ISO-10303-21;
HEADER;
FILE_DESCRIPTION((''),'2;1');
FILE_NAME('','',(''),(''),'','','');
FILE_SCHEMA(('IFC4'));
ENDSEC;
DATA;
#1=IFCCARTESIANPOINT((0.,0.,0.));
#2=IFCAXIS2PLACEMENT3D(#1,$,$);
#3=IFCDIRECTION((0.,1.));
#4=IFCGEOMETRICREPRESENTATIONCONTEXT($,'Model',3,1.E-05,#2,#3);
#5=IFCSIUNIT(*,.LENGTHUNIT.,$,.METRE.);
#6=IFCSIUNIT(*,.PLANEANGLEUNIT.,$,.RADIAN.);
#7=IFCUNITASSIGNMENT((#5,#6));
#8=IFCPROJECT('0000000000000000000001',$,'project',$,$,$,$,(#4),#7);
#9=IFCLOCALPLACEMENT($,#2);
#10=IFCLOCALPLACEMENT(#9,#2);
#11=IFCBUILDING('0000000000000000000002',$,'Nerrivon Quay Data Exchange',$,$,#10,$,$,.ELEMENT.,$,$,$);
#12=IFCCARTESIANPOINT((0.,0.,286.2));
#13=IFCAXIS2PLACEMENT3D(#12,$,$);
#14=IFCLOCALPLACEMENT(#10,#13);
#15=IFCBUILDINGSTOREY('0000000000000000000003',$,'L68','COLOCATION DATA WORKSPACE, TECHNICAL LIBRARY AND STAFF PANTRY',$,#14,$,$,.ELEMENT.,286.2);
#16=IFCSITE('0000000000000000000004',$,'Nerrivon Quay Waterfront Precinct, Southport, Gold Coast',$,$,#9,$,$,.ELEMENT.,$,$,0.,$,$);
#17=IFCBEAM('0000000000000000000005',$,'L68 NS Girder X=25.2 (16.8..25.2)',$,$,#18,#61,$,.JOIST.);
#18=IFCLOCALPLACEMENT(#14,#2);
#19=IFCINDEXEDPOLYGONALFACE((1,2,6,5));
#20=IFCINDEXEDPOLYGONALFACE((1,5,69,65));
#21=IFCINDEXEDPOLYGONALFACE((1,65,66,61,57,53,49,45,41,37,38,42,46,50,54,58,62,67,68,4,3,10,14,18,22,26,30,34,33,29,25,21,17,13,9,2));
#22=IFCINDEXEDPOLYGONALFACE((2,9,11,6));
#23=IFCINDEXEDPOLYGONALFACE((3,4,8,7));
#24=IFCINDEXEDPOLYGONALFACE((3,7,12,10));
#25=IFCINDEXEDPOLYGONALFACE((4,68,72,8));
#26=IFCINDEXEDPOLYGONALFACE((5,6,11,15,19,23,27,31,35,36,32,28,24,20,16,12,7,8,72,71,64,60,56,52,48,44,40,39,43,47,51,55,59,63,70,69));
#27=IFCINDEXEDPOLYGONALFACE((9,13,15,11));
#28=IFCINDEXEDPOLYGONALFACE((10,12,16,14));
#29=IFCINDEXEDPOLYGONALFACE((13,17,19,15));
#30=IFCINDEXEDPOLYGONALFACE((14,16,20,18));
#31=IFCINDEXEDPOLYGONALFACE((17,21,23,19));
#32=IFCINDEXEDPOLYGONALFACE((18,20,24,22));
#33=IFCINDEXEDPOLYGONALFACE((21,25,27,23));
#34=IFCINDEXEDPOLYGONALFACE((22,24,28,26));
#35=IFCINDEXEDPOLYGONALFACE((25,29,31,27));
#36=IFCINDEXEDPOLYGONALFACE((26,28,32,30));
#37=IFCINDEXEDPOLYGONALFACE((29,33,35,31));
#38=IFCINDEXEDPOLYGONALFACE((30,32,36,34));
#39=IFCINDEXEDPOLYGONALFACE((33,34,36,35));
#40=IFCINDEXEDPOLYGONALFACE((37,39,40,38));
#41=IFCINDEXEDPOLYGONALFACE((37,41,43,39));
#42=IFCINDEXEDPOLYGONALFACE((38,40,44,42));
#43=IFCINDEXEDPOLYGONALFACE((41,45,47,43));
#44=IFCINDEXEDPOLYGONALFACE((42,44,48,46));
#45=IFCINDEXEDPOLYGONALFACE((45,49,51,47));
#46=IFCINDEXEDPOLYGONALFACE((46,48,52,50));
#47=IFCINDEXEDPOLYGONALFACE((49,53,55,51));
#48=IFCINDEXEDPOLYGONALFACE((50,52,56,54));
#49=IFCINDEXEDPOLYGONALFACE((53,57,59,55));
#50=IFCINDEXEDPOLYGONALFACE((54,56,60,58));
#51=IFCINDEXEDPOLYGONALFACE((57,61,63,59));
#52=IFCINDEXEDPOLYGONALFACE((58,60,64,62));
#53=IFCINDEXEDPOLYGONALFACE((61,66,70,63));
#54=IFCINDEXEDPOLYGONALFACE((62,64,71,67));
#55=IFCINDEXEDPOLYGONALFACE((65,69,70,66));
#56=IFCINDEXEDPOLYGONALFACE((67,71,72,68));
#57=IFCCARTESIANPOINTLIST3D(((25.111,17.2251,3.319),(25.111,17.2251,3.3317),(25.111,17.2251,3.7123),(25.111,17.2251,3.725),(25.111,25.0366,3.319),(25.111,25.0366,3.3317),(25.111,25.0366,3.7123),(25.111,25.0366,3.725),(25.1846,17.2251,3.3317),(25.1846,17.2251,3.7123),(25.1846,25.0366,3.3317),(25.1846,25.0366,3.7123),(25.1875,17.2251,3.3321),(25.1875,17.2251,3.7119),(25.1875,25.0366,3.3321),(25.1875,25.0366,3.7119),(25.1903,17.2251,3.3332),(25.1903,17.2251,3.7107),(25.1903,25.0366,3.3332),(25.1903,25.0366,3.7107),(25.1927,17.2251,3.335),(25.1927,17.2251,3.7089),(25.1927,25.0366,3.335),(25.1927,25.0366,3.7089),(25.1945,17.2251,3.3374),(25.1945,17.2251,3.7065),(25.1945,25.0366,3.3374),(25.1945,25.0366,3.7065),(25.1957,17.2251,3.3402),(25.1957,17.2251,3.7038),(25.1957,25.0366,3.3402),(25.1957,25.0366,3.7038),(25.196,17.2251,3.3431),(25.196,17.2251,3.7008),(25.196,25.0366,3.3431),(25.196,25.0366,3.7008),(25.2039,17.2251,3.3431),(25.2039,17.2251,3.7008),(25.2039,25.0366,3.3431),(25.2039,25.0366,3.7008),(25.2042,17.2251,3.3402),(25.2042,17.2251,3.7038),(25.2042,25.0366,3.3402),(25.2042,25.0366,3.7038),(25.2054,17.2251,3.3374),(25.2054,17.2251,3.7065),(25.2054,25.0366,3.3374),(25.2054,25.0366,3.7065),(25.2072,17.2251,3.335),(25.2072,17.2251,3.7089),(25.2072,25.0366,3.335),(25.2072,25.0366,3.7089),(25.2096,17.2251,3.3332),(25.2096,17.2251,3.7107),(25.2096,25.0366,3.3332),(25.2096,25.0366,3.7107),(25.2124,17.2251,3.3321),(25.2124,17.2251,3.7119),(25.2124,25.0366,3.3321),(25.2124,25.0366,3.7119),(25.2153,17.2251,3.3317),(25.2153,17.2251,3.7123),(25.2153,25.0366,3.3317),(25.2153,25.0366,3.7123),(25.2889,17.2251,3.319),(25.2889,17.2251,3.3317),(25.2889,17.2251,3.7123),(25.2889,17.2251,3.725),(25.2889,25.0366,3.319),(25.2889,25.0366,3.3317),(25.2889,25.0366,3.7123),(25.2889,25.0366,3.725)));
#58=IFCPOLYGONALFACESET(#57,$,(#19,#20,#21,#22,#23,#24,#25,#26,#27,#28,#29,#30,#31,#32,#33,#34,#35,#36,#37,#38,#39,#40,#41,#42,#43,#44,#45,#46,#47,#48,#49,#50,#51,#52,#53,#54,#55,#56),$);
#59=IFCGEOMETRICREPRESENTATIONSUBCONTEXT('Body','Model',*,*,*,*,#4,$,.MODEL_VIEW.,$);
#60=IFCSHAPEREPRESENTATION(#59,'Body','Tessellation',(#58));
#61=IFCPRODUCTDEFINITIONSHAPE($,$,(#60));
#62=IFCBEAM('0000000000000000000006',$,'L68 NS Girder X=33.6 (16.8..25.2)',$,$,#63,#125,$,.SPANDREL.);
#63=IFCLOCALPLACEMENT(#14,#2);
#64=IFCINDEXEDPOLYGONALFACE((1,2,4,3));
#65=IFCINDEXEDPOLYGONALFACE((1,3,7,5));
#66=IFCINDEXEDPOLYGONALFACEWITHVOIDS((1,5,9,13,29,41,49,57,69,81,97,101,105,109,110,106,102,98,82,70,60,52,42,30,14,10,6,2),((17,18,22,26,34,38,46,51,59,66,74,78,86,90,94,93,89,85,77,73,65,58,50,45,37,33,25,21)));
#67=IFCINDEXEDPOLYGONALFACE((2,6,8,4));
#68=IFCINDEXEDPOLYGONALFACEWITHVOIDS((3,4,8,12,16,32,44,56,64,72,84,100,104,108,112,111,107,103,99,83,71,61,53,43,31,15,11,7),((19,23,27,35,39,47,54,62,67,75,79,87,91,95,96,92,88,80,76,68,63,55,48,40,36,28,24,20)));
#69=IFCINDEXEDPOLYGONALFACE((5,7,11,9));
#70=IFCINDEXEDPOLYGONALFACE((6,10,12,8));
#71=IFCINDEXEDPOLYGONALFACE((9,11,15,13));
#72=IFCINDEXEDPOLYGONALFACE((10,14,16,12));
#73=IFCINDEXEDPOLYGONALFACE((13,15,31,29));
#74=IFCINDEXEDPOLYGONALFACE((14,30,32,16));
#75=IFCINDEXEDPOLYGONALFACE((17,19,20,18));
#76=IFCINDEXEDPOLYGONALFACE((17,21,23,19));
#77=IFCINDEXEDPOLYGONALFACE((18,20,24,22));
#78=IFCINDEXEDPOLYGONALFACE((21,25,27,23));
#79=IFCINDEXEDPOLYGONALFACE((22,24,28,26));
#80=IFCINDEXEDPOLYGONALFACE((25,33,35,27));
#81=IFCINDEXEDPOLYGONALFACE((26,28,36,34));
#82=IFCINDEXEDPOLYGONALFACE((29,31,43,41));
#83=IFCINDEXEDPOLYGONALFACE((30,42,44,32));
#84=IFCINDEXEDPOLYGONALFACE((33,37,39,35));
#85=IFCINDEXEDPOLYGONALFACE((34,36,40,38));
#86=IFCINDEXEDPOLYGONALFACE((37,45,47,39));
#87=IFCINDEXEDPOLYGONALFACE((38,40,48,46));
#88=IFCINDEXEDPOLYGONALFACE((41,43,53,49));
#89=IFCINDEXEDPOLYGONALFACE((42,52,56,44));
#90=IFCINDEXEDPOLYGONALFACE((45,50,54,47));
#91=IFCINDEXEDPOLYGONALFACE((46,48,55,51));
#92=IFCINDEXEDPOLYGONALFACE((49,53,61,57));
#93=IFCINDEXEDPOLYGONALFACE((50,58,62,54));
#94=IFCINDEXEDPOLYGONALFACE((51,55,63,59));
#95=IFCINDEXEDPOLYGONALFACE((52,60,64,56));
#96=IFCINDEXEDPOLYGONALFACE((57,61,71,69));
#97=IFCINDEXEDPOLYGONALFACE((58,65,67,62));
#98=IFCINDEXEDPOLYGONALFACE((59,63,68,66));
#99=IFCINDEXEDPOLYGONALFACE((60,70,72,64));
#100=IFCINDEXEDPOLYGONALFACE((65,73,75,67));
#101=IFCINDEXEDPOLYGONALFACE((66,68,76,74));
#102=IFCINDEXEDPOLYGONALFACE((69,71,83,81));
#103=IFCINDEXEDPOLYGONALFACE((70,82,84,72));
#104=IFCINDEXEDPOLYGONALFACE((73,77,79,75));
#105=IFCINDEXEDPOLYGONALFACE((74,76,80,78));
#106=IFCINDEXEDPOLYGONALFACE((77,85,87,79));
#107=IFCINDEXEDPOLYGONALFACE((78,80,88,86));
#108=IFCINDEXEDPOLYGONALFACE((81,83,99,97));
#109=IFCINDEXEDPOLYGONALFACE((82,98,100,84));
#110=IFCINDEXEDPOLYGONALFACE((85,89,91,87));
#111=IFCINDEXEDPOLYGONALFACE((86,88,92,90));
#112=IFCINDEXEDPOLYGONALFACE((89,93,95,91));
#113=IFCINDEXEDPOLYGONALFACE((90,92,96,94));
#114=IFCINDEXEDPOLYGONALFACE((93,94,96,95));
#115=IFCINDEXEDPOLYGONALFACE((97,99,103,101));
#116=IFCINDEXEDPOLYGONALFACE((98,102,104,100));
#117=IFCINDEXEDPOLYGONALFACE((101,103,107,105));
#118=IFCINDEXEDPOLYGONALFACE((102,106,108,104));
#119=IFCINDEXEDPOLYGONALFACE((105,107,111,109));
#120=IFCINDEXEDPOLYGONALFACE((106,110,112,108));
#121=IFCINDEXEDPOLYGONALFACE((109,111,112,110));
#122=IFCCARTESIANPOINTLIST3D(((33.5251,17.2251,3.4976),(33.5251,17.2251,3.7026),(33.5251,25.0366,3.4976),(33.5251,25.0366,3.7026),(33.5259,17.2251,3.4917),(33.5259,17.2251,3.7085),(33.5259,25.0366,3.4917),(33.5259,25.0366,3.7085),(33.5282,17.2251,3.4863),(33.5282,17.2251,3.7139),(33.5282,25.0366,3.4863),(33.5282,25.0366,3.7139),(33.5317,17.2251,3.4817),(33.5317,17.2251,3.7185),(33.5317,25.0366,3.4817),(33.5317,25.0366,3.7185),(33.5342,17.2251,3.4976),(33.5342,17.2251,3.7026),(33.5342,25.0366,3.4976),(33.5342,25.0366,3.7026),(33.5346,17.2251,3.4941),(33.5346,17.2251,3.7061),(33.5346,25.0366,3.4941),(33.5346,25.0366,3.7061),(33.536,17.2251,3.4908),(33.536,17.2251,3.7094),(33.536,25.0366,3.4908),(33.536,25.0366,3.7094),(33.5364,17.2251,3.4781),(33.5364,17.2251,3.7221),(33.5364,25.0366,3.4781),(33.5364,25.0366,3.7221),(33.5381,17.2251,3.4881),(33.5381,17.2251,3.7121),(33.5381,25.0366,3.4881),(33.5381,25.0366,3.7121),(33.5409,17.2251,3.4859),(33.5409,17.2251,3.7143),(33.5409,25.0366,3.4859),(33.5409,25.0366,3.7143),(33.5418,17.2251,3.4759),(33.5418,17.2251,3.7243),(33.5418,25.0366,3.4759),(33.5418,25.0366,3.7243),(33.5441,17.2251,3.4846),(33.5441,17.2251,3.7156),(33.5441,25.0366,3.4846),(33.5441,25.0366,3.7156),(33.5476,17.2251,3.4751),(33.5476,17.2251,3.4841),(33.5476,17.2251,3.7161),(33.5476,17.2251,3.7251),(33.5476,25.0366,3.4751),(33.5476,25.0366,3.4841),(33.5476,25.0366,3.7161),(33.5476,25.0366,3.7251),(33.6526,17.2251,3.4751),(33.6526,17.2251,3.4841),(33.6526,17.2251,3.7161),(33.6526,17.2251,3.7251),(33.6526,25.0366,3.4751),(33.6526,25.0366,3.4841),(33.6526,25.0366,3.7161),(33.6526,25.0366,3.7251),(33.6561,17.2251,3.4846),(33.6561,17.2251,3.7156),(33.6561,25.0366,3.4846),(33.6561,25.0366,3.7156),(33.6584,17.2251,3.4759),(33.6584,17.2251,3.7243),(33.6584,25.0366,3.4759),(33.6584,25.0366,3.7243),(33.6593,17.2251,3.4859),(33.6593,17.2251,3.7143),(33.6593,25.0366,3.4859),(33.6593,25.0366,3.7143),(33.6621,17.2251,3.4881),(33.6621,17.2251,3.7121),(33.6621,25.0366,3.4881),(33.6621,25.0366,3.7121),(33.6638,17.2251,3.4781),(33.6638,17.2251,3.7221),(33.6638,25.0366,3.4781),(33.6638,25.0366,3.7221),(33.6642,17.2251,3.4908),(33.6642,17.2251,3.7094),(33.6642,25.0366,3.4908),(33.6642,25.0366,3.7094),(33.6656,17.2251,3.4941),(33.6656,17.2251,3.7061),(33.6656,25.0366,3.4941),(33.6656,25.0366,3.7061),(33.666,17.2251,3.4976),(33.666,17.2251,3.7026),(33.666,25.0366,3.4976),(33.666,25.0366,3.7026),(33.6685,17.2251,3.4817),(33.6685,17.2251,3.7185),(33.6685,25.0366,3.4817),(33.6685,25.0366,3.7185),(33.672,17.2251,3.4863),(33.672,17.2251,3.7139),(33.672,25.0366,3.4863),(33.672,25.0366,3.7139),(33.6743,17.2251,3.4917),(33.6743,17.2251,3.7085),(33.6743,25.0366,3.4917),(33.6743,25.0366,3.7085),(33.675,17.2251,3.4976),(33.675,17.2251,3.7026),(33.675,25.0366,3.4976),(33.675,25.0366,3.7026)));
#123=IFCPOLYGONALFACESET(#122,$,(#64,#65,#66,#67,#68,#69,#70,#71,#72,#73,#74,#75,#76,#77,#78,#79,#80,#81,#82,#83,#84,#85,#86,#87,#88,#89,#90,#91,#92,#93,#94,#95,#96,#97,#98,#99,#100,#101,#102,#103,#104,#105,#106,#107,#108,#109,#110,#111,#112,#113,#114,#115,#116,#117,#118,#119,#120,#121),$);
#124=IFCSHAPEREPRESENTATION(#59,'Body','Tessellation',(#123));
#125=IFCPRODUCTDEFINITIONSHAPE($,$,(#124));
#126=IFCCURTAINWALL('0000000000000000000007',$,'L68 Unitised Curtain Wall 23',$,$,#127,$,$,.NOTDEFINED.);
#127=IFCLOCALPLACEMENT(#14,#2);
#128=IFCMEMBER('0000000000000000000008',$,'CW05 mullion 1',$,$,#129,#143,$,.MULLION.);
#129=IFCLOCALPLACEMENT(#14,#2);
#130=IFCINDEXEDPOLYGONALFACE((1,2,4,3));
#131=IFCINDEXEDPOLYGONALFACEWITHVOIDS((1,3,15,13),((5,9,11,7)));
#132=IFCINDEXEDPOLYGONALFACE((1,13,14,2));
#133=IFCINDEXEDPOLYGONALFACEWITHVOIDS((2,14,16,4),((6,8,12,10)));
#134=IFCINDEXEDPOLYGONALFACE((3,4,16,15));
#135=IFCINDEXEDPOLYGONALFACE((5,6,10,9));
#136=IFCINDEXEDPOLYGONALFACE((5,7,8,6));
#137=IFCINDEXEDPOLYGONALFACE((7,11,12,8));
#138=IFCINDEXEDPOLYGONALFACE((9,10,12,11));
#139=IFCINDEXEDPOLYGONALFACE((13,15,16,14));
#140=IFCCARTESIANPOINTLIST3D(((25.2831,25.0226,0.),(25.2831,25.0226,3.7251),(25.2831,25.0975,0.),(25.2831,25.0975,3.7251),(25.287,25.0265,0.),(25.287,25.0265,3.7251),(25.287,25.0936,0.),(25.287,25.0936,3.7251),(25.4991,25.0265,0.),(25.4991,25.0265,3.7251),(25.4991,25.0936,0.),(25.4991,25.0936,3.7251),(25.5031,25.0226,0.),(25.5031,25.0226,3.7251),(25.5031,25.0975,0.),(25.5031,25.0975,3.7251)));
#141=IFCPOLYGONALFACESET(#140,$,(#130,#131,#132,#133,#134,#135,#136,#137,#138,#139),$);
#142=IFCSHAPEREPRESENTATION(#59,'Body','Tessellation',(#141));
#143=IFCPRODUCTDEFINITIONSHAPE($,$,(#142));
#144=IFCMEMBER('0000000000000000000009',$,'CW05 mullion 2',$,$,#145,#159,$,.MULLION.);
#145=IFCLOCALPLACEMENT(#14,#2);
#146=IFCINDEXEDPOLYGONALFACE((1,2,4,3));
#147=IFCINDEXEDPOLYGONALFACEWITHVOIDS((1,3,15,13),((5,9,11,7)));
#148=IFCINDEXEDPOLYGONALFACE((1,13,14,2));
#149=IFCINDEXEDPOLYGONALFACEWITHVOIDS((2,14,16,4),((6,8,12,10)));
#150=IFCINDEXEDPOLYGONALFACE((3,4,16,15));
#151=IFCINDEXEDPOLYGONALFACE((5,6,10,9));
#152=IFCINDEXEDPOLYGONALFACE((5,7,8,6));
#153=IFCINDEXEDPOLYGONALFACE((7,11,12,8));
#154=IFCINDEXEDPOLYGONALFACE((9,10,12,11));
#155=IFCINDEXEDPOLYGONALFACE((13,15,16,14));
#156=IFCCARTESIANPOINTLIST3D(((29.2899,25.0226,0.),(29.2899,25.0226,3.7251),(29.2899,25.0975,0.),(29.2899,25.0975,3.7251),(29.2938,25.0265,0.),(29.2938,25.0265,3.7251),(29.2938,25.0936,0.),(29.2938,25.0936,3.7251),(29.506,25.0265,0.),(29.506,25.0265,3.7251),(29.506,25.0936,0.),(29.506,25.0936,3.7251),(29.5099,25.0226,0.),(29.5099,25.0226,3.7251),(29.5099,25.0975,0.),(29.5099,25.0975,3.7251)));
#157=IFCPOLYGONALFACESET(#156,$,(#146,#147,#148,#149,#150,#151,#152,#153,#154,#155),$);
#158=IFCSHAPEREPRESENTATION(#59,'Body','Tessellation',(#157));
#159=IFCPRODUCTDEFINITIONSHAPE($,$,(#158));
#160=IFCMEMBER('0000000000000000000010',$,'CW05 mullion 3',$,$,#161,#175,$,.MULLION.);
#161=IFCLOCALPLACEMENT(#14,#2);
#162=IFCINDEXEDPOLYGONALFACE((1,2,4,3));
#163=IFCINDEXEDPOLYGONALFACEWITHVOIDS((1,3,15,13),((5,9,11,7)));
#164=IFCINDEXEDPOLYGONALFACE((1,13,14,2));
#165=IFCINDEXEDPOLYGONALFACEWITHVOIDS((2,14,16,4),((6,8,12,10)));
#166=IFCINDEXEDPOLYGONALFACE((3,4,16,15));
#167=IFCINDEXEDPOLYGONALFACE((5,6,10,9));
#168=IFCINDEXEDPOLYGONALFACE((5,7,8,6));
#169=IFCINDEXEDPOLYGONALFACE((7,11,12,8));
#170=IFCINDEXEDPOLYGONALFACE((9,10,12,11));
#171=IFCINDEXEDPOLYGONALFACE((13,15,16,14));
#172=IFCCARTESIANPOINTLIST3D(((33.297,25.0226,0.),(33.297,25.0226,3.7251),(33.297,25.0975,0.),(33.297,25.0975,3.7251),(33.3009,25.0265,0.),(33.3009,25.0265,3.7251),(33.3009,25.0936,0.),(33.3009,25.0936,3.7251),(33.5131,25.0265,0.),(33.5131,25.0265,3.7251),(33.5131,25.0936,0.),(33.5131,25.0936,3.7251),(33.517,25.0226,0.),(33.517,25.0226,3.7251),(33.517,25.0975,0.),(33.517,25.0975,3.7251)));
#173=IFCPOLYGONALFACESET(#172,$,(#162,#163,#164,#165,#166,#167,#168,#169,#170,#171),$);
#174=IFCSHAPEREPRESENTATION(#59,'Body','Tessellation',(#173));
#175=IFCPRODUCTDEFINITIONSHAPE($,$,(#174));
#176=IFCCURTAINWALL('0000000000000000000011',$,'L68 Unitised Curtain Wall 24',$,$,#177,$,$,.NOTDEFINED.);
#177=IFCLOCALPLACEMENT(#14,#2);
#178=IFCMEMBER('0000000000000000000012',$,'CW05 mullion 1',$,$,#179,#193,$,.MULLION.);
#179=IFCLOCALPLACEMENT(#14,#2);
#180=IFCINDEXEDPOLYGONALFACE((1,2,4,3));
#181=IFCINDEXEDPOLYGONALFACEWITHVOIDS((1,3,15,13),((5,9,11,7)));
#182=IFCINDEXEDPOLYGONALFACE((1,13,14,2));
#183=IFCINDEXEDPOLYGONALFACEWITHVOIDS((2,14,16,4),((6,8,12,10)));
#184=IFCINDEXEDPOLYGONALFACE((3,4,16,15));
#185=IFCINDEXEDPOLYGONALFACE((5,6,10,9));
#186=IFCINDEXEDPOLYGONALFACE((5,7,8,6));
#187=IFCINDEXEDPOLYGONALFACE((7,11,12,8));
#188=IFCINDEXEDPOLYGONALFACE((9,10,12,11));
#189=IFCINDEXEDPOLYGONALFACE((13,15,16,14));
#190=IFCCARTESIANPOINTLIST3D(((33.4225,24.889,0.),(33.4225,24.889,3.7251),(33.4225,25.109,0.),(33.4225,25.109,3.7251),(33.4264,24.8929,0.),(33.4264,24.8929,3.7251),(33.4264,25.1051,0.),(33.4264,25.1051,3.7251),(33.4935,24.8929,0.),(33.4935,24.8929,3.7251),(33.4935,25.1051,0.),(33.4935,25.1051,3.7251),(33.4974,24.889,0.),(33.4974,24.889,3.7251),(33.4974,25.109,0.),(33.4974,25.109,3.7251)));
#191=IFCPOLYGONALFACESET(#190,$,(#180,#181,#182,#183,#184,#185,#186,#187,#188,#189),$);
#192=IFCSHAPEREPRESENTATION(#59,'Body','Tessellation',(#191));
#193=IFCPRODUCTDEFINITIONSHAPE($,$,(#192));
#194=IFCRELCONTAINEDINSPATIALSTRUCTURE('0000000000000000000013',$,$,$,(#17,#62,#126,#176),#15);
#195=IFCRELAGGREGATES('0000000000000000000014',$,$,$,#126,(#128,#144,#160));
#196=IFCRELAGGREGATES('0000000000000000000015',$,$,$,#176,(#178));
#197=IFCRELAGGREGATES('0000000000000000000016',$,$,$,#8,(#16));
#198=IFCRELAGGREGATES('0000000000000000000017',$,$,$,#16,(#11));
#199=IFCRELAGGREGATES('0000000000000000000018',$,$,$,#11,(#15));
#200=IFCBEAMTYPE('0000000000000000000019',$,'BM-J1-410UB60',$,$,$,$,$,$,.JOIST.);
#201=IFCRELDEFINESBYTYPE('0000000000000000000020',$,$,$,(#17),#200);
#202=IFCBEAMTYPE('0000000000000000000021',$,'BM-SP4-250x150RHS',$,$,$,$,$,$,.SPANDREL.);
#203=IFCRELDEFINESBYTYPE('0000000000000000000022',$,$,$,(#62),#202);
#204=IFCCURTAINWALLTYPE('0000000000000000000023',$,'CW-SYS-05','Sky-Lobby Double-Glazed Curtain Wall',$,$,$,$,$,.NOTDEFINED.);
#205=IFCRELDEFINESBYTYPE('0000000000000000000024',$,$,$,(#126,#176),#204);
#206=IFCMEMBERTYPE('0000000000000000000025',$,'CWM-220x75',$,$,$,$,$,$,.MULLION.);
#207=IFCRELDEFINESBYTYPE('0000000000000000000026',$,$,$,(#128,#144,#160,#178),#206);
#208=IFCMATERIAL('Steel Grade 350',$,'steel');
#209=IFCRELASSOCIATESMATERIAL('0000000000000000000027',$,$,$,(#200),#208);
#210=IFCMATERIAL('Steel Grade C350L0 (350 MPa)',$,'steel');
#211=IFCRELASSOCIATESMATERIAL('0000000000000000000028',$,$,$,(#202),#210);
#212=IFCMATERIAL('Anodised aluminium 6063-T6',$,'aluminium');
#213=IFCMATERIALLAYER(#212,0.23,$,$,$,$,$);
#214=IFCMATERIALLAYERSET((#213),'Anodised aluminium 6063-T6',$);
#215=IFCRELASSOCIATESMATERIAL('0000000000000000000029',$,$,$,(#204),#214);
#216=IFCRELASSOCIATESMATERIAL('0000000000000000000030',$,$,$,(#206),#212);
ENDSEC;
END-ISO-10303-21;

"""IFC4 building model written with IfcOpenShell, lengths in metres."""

from ifc_helpers import new_model, si_unit, direction, frame, origin, origin_2d, place, context, subcontext, project, spatial, hollow_rectangle, i_section, extrude, material, layer, layer_set, material_profile, profile_set, type_object, element, aggregate, save


model = new_model("IFC4")

# Units and contexts
model_context = context("Model", 3, precision=1e-05, world=origin(), true_north=direction((0.0, 1.0)))
body_context = subcontext(model_context, "Body", "Model", "MODEL_VIEW")
ifc_project = project(units=[si_unit("LENGTHUNIT", "METRE"), si_unit("PLANEANGLEUNIT", "RADIAN")], contexts=[model_context])

# Site, building, storey
site_placement = place(None, origin())
site = spatial("IfcSite", under=ifc_project, at=site_placement, Name="Nerrivon Quay Waterfront Precinct, Southport, Gold Coast", CompositionType="ELEMENT", RefElevation=0.0)
building_placement = place(site_placement, origin())
building = spatial("IfcBuilding", under=site, at=building_placement, Name="Nerrivon Quay Data Exchange", CompositionType="ELEMENT")
storey_placement = place(building_placement, frame((0.0, 0.0, 286.2)))
storey = spatial("IfcBuildingStorey", under=building, at=storey_placement, Name="L68", Description="COLOCATION DATA WORKSPACE, TECHNICAL LIBRARY AND STAFF PANTRY", CompositionType="ELEMENT", Elevation=286.2)

# Beams
ifc_material_1 = material(Name="Steel Grade 350", Category="steel")
ifc_material_profile_1 = material_profile(ifc_material_1, i_section(OverallWidth=0.178, OverallDepth=0.406, WebThickness=0.0078, FlangeThickness=0.0127, FilletRadius=0.0115, at=origin_2d()), Name="410UB59.7")
ifc_profile_set_1 = profile_set([ifc_material_profile_1], Name="Steel Grade 350")
beam_type_1 = type_object("IfcBeamType", Name="BM-J1-410UB60", PredefinedType="JOIST", material=ifc_profile_set_1)
beam_1_placement = place(storey_placement, frame((25.2, 17.2251, 3.522), z_axis=(0.0, 1.0, 0.0), x_axis=(-1.0, 0.0, 0.0)))
element("IfcBeam", 1, at=beam_1_placement, inside=storey, type_object=beam_type_1, Name="L68 NS Girder X=25.2 (16.8..25.2)", PredefinedType="JOIST", context=body_context, shape_type="SweptSolid", body=[
    extrude(i_section(OverallWidth=0.178, OverallDepth=0.406, WebThickness=0.0078, FlangeThickness=0.0127, FilletRadius=0.0115, at=origin_2d()), origin(), (0.0, 0.0, 1.0), 7.8115),
])
ifc_material_2 = material(Name="Steel Grade C350L0 (350 MPa)", Category="steel")
ifc_material_profile_2 = material_profile(ifc_material_2, hollow_rectangle(XDim=0.1499, YDim=0.25, WallThickness=0.009, InnerFilletRadius=0.0134, OuterFilletRadius=0.0225, at=origin_2d()), Name="250x150x9.0RHS")
ifc_profile_set_2 = profile_set([ifc_material_profile_2], Name="Steel Grade C350L0 (350 MPa)")
beam_type_2 = type_object("IfcBeamType", Name="BM-SP4-250x150RHS", PredefinedType="SPANDREL", material=ifc_profile_set_2)
beam_2_placement = place(storey_placement, frame((33.6001, 17.2251, 3.6001), z_axis=(0.0, 1.0, 0.0), x_axis=(-1.0, 0.0, 0.0)))
element("IfcBeam", 2, at=beam_2_placement, inside=storey, type_object=beam_type_2, Name="L68 NS Girder X=33.6 (16.8..25.2)", PredefinedType="SPANDREL", context=body_context, shape_type="SweptSolid", body=[
    extrude(hollow_rectangle(XDim=0.1499, YDim=0.25, WallThickness=0.009, InnerFilletRadius=0.0134, OuterFilletRadius=0.0225, at=origin_2d()), origin(), (0.0, 0.0, 1.0), 7.8115),
])

# Curtain walls, members
ifc_material_3 = material(Name="Anodised aluminium 6063-T6", Category="aluminium")
ifc_layer_1 = layer(ifc_material_3, 0.23)
ifc_layer_set_1 = layer_set([ifc_layer_1], Name="Anodised aluminium 6063-T6")
curtain_wall_type = type_object("IfcCurtainWallType", Name="CW-SYS-05", Description="Sky-Lobby Double-Glazed Curtain Wall", PredefinedType="NOTDEFINED", material=ifc_layer_set_1)
curtain_wall_1_placement = place(storey_placement, origin())
curtain_wall_1 = element("IfcCurtainWall", 3, at=curtain_wall_1_placement, inside=storey, type_object=curtain_wall_type, Name="L68 Unitised Curtain Wall 23", PredefinedType="NOTDEFINED")
ifc_material_profile_3 = material_profile(ifc_material_3, hollow_rectangle(XDim=0.075, YDim=0.22, WallThickness=0.0039, at=origin_2d()), Name="ALU-MULL-220x75")
ifc_profile_set_3 = profile_set([ifc_material_profile_3], Name="Anodised aluminium 6063-T6")
member_type_1 = type_object("IfcMemberType", Name="CWM-220x75", PredefinedType="MULLION", material=ifc_profile_set_3)
member_1_placement = place(storey_placement, frame((25.3931, 25.0601, 0.0), z_axis=(0.0, 0.0, 1.0), x_axis=(0.0, 1.0, 0.0)))
member_1 = element("IfcMember", 4, at=member_1_placement, type_object=member_type_1, Name="CW05 mullion 1", PredefinedType="MULLION", context=body_context, shape_type="SweptSolid", body=[
    extrude(hollow_rectangle(XDim=0.075, YDim=0.22, WallThickness=0.0039, at=origin_2d()), origin(), (0.0, 0.0, 1.0), 3.7251),
])
member_2_placement = place(storey_placement, frame((29.3999, 25.0601, 0.0), z_axis=(0.0, 0.0, 1.0), x_axis=(0.0, 1.0, 0.0)))
member_2 = element("IfcMember", 5, at=member_2_placement, type_object=member_type_1, Name="CW05 mullion 2", PredefinedType="MULLION", context=body_context, shape_type="SweptSolid", body=[
    extrude(hollow_rectangle(XDim=0.075, YDim=0.22, WallThickness=0.0039, at=origin_2d()), origin(), (0.0, 0.0, 1.0), 3.7251),
])
member_3_placement = place(storey_placement, frame((33.407, 25.0601, 0.0), z_axis=(0.0, 0.0, 1.0), x_axis=(0.0, 1.0, 0.0)))
member_3 = element("IfcMember", 6, at=member_3_placement, type_object=member_type_1, Name="CW05 mullion 3", PredefinedType="MULLION", context=body_context, shape_type="SweptSolid", body=[
    extrude(hollow_rectangle(XDim=0.075, YDim=0.22, WallThickness=0.0039, at=origin_2d()), origin(), (0.0, 0.0, 1.0), 3.7251),
])
curtain_wall_2_placement = place(storey_placement, origin())
curtain_wall_2 = element("IfcCurtainWall", 7, at=curtain_wall_2_placement, inside=storey, type_object=curtain_wall_type, Name="L68 Unitised Curtain Wall 24", PredefinedType="NOTDEFINED")
member_4_placement = place(storey_placement, frame((33.46, 24.999, 0.0), z_axis=(0.0, 0.0, 1.0), x_axis=(1.0, 0.0, 0.0)))
member_4 = element("IfcMember", 8, at=member_4_placement, type_object=member_type_1, Name="CW05 mullion 1", PredefinedType="MULLION", context=body_context, shape_type="SweptSolid", body=[
    extrude(hollow_rectangle(XDim=0.075, YDim=0.22, WallThickness=0.0039, at=origin_2d()), origin(), (0.0, 0.0, 1.0), 3.7251),
])

aggregate(curtain_wall_1, [member_1, member_2, member_3])
aggregate(curtain_wall_2, [member_4])

save(model, "model.ifc")
